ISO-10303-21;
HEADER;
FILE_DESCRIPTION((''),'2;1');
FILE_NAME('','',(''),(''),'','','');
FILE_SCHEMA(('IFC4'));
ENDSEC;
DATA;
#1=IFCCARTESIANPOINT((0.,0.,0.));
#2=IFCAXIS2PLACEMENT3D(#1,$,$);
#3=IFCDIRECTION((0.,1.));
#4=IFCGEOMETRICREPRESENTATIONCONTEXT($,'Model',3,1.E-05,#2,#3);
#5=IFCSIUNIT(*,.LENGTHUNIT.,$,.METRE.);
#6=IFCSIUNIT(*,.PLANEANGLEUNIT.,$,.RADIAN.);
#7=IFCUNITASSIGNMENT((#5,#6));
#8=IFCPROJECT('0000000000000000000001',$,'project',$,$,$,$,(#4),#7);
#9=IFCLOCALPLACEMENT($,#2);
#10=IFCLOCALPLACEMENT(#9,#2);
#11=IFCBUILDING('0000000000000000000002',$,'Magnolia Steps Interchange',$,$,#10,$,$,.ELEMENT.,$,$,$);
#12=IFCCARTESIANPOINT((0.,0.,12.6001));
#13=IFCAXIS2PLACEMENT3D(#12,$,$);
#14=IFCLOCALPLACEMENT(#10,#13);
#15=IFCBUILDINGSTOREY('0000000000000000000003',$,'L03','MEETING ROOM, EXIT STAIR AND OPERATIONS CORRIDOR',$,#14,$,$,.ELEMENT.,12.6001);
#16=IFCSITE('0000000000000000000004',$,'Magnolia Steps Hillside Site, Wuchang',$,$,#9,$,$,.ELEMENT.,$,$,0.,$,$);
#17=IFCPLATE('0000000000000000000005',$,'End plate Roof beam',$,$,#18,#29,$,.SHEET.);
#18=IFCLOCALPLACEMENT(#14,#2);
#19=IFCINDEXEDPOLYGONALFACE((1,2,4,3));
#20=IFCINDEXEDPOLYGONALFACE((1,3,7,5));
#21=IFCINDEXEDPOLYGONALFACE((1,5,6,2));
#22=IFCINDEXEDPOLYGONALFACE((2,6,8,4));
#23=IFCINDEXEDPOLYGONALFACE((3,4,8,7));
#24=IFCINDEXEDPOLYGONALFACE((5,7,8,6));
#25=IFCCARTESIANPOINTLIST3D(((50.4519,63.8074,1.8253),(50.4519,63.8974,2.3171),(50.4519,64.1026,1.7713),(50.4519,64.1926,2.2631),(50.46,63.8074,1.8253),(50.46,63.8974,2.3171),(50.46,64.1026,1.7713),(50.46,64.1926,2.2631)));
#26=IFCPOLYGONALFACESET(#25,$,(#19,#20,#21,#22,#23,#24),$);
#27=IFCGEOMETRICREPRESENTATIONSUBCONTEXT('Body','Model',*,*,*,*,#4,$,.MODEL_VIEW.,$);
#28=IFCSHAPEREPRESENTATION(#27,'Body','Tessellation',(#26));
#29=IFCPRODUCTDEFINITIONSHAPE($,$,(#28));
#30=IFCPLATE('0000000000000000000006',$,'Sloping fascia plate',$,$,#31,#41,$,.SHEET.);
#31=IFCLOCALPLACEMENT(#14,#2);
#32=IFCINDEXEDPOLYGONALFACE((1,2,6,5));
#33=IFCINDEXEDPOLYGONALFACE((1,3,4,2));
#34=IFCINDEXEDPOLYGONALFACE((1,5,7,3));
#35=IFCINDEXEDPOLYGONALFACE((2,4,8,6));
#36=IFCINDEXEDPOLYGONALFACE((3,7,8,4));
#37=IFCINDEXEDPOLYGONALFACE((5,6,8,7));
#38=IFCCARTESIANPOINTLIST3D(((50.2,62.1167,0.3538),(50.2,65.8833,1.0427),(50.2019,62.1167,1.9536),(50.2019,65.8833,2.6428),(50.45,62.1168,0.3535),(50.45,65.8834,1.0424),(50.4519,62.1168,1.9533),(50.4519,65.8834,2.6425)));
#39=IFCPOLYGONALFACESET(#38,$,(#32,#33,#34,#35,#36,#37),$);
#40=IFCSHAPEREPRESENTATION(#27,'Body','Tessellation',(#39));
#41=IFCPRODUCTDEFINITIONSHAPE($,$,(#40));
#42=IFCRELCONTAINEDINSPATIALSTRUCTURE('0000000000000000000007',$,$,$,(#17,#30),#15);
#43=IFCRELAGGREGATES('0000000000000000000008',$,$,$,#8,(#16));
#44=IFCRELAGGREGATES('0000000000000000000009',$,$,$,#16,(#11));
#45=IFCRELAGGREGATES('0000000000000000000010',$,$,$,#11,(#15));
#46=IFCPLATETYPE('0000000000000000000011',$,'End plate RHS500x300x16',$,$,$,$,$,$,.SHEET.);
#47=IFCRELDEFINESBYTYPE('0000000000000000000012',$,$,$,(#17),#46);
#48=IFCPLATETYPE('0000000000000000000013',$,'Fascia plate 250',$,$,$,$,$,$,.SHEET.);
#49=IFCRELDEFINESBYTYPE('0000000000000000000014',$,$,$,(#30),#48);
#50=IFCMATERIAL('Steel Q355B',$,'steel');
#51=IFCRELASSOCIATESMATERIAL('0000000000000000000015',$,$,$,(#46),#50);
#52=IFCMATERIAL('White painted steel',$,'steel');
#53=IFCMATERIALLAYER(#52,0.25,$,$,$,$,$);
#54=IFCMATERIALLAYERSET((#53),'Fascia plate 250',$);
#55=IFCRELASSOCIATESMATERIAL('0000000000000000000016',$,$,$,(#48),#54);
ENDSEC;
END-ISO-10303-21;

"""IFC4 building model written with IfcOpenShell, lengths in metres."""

from ifc_helpers import new_model, si_unit, direction, frame, origin, origin_2d, place, context, subcontext, project, spatial, polyline, rectangle, outline, extrude, material, layer, layer_set, material_profile, profile_set, type_object, element, save


model = new_model("IFC4")

# Units and contexts
model_context = context("Model", 3, precision=1e-05, world=origin(), true_north=direction((0.0, 1.0)))
body_context = subcontext(model_context, "Body", "Model", "MODEL_VIEW")
ifc_project = project(units=[si_unit("LENGTHUNIT", "METRE"), si_unit("PLANEANGLEUNIT", "RADIAN")], contexts=[model_context])

# Site, building, storey
site_placement = place(None, origin())
site = spatial("IfcSite", under=ifc_project, at=site_placement, Name="Magnolia Steps Hillside Site, Wuchang", CompositionType="ELEMENT", RefElevation=0.0)
building_placement = place(site_placement, origin())
building = spatial("IfcBuilding", under=site, at=building_placement, Name="Magnolia Steps Interchange", CompositionType="ELEMENT")
storey_placement = place(building_placement, frame((0.0, 0.0, 12.6001)))
storey = spatial("IfcBuildingStorey", under=building, at=storey_placement, Name="L03", Description="MEETING ROOM, EXIT STAIR AND OPERATIONS CORRIDOR", CompositionType="ELEMENT", Elevation=12.6001)

# Plates
ifc_material_1 = material(Name="Steel Q355B", Category="steel")
ifc_material_profile_1 = material_profile(ifc_material_1, rectangle(XDim=0.3, YDim=0.5, at=origin_2d()), Name="End plate RHS500x300x16")
ifc_profile_set_1 = profile_set([ifc_material_profile_1], Name="Steel Q355B")
plate_type_1 = type_object("IfcPlateType", Name="End plate RHS500x300x16", PredefinedType="SHEET", material=ifc_profile_set_1)
plate_1_placement = place(storey_placement, frame((50.46, 64.0, 2.0442), z_axis=(-1.0, 0.0, 0.0), x_axis=(0.0, -0.983677, 0.179941)))
element("IfcPlate", 1, at=plate_1_placement, inside=storey, type_object=plate_type_1, Name="End plate Roof beam", PredefinedType="SHEET", context=body_context, shape_type="SweptSolid", body=[
    extrude(rectangle(XDim=0.3, YDim=0.5, at=origin_2d()), origin(), (0.0, 0.0, 1.0), 0.0081),
])
ifc_material_2 = material(Name="White painted steel", Category="steel")
ifc_layer_1 = layer(ifc_material_2, 0.25)
ifc_layer_set_1 = layer_set([ifc_layer_1], Name="Fascia plate 250")
plate_type_2 = type_object("IfcPlateType", Name="Fascia plate 250", PredefinedType="SHEET", material=ifc_layer_set_1)
plate_2_placement = place(storey_placement, frame((50.2, 65.8833, 1.0427), z_axis=(-0.999999, -0.000223, 0.001221), x_axis=(0.0, -0.98368, -0.179929)))
element("IfcPlate", 2, at=plate_2_placement, inside=storey, type_object=plate_type_2, Name="Sloping fascia plate", PredefinedType="SHEET", context=body_context, shape_type="SweptSolid", body=[
    extrude(outline(polyline([(0.0, 0.0), (3.8291, 0.0), (3.5412, 1.5737), (-0.2879, 1.574), (0.0, 0.0)])), origin(), (0.0, 0.0, -1.0), 0.25),
])

save(model, "model.ifc")
